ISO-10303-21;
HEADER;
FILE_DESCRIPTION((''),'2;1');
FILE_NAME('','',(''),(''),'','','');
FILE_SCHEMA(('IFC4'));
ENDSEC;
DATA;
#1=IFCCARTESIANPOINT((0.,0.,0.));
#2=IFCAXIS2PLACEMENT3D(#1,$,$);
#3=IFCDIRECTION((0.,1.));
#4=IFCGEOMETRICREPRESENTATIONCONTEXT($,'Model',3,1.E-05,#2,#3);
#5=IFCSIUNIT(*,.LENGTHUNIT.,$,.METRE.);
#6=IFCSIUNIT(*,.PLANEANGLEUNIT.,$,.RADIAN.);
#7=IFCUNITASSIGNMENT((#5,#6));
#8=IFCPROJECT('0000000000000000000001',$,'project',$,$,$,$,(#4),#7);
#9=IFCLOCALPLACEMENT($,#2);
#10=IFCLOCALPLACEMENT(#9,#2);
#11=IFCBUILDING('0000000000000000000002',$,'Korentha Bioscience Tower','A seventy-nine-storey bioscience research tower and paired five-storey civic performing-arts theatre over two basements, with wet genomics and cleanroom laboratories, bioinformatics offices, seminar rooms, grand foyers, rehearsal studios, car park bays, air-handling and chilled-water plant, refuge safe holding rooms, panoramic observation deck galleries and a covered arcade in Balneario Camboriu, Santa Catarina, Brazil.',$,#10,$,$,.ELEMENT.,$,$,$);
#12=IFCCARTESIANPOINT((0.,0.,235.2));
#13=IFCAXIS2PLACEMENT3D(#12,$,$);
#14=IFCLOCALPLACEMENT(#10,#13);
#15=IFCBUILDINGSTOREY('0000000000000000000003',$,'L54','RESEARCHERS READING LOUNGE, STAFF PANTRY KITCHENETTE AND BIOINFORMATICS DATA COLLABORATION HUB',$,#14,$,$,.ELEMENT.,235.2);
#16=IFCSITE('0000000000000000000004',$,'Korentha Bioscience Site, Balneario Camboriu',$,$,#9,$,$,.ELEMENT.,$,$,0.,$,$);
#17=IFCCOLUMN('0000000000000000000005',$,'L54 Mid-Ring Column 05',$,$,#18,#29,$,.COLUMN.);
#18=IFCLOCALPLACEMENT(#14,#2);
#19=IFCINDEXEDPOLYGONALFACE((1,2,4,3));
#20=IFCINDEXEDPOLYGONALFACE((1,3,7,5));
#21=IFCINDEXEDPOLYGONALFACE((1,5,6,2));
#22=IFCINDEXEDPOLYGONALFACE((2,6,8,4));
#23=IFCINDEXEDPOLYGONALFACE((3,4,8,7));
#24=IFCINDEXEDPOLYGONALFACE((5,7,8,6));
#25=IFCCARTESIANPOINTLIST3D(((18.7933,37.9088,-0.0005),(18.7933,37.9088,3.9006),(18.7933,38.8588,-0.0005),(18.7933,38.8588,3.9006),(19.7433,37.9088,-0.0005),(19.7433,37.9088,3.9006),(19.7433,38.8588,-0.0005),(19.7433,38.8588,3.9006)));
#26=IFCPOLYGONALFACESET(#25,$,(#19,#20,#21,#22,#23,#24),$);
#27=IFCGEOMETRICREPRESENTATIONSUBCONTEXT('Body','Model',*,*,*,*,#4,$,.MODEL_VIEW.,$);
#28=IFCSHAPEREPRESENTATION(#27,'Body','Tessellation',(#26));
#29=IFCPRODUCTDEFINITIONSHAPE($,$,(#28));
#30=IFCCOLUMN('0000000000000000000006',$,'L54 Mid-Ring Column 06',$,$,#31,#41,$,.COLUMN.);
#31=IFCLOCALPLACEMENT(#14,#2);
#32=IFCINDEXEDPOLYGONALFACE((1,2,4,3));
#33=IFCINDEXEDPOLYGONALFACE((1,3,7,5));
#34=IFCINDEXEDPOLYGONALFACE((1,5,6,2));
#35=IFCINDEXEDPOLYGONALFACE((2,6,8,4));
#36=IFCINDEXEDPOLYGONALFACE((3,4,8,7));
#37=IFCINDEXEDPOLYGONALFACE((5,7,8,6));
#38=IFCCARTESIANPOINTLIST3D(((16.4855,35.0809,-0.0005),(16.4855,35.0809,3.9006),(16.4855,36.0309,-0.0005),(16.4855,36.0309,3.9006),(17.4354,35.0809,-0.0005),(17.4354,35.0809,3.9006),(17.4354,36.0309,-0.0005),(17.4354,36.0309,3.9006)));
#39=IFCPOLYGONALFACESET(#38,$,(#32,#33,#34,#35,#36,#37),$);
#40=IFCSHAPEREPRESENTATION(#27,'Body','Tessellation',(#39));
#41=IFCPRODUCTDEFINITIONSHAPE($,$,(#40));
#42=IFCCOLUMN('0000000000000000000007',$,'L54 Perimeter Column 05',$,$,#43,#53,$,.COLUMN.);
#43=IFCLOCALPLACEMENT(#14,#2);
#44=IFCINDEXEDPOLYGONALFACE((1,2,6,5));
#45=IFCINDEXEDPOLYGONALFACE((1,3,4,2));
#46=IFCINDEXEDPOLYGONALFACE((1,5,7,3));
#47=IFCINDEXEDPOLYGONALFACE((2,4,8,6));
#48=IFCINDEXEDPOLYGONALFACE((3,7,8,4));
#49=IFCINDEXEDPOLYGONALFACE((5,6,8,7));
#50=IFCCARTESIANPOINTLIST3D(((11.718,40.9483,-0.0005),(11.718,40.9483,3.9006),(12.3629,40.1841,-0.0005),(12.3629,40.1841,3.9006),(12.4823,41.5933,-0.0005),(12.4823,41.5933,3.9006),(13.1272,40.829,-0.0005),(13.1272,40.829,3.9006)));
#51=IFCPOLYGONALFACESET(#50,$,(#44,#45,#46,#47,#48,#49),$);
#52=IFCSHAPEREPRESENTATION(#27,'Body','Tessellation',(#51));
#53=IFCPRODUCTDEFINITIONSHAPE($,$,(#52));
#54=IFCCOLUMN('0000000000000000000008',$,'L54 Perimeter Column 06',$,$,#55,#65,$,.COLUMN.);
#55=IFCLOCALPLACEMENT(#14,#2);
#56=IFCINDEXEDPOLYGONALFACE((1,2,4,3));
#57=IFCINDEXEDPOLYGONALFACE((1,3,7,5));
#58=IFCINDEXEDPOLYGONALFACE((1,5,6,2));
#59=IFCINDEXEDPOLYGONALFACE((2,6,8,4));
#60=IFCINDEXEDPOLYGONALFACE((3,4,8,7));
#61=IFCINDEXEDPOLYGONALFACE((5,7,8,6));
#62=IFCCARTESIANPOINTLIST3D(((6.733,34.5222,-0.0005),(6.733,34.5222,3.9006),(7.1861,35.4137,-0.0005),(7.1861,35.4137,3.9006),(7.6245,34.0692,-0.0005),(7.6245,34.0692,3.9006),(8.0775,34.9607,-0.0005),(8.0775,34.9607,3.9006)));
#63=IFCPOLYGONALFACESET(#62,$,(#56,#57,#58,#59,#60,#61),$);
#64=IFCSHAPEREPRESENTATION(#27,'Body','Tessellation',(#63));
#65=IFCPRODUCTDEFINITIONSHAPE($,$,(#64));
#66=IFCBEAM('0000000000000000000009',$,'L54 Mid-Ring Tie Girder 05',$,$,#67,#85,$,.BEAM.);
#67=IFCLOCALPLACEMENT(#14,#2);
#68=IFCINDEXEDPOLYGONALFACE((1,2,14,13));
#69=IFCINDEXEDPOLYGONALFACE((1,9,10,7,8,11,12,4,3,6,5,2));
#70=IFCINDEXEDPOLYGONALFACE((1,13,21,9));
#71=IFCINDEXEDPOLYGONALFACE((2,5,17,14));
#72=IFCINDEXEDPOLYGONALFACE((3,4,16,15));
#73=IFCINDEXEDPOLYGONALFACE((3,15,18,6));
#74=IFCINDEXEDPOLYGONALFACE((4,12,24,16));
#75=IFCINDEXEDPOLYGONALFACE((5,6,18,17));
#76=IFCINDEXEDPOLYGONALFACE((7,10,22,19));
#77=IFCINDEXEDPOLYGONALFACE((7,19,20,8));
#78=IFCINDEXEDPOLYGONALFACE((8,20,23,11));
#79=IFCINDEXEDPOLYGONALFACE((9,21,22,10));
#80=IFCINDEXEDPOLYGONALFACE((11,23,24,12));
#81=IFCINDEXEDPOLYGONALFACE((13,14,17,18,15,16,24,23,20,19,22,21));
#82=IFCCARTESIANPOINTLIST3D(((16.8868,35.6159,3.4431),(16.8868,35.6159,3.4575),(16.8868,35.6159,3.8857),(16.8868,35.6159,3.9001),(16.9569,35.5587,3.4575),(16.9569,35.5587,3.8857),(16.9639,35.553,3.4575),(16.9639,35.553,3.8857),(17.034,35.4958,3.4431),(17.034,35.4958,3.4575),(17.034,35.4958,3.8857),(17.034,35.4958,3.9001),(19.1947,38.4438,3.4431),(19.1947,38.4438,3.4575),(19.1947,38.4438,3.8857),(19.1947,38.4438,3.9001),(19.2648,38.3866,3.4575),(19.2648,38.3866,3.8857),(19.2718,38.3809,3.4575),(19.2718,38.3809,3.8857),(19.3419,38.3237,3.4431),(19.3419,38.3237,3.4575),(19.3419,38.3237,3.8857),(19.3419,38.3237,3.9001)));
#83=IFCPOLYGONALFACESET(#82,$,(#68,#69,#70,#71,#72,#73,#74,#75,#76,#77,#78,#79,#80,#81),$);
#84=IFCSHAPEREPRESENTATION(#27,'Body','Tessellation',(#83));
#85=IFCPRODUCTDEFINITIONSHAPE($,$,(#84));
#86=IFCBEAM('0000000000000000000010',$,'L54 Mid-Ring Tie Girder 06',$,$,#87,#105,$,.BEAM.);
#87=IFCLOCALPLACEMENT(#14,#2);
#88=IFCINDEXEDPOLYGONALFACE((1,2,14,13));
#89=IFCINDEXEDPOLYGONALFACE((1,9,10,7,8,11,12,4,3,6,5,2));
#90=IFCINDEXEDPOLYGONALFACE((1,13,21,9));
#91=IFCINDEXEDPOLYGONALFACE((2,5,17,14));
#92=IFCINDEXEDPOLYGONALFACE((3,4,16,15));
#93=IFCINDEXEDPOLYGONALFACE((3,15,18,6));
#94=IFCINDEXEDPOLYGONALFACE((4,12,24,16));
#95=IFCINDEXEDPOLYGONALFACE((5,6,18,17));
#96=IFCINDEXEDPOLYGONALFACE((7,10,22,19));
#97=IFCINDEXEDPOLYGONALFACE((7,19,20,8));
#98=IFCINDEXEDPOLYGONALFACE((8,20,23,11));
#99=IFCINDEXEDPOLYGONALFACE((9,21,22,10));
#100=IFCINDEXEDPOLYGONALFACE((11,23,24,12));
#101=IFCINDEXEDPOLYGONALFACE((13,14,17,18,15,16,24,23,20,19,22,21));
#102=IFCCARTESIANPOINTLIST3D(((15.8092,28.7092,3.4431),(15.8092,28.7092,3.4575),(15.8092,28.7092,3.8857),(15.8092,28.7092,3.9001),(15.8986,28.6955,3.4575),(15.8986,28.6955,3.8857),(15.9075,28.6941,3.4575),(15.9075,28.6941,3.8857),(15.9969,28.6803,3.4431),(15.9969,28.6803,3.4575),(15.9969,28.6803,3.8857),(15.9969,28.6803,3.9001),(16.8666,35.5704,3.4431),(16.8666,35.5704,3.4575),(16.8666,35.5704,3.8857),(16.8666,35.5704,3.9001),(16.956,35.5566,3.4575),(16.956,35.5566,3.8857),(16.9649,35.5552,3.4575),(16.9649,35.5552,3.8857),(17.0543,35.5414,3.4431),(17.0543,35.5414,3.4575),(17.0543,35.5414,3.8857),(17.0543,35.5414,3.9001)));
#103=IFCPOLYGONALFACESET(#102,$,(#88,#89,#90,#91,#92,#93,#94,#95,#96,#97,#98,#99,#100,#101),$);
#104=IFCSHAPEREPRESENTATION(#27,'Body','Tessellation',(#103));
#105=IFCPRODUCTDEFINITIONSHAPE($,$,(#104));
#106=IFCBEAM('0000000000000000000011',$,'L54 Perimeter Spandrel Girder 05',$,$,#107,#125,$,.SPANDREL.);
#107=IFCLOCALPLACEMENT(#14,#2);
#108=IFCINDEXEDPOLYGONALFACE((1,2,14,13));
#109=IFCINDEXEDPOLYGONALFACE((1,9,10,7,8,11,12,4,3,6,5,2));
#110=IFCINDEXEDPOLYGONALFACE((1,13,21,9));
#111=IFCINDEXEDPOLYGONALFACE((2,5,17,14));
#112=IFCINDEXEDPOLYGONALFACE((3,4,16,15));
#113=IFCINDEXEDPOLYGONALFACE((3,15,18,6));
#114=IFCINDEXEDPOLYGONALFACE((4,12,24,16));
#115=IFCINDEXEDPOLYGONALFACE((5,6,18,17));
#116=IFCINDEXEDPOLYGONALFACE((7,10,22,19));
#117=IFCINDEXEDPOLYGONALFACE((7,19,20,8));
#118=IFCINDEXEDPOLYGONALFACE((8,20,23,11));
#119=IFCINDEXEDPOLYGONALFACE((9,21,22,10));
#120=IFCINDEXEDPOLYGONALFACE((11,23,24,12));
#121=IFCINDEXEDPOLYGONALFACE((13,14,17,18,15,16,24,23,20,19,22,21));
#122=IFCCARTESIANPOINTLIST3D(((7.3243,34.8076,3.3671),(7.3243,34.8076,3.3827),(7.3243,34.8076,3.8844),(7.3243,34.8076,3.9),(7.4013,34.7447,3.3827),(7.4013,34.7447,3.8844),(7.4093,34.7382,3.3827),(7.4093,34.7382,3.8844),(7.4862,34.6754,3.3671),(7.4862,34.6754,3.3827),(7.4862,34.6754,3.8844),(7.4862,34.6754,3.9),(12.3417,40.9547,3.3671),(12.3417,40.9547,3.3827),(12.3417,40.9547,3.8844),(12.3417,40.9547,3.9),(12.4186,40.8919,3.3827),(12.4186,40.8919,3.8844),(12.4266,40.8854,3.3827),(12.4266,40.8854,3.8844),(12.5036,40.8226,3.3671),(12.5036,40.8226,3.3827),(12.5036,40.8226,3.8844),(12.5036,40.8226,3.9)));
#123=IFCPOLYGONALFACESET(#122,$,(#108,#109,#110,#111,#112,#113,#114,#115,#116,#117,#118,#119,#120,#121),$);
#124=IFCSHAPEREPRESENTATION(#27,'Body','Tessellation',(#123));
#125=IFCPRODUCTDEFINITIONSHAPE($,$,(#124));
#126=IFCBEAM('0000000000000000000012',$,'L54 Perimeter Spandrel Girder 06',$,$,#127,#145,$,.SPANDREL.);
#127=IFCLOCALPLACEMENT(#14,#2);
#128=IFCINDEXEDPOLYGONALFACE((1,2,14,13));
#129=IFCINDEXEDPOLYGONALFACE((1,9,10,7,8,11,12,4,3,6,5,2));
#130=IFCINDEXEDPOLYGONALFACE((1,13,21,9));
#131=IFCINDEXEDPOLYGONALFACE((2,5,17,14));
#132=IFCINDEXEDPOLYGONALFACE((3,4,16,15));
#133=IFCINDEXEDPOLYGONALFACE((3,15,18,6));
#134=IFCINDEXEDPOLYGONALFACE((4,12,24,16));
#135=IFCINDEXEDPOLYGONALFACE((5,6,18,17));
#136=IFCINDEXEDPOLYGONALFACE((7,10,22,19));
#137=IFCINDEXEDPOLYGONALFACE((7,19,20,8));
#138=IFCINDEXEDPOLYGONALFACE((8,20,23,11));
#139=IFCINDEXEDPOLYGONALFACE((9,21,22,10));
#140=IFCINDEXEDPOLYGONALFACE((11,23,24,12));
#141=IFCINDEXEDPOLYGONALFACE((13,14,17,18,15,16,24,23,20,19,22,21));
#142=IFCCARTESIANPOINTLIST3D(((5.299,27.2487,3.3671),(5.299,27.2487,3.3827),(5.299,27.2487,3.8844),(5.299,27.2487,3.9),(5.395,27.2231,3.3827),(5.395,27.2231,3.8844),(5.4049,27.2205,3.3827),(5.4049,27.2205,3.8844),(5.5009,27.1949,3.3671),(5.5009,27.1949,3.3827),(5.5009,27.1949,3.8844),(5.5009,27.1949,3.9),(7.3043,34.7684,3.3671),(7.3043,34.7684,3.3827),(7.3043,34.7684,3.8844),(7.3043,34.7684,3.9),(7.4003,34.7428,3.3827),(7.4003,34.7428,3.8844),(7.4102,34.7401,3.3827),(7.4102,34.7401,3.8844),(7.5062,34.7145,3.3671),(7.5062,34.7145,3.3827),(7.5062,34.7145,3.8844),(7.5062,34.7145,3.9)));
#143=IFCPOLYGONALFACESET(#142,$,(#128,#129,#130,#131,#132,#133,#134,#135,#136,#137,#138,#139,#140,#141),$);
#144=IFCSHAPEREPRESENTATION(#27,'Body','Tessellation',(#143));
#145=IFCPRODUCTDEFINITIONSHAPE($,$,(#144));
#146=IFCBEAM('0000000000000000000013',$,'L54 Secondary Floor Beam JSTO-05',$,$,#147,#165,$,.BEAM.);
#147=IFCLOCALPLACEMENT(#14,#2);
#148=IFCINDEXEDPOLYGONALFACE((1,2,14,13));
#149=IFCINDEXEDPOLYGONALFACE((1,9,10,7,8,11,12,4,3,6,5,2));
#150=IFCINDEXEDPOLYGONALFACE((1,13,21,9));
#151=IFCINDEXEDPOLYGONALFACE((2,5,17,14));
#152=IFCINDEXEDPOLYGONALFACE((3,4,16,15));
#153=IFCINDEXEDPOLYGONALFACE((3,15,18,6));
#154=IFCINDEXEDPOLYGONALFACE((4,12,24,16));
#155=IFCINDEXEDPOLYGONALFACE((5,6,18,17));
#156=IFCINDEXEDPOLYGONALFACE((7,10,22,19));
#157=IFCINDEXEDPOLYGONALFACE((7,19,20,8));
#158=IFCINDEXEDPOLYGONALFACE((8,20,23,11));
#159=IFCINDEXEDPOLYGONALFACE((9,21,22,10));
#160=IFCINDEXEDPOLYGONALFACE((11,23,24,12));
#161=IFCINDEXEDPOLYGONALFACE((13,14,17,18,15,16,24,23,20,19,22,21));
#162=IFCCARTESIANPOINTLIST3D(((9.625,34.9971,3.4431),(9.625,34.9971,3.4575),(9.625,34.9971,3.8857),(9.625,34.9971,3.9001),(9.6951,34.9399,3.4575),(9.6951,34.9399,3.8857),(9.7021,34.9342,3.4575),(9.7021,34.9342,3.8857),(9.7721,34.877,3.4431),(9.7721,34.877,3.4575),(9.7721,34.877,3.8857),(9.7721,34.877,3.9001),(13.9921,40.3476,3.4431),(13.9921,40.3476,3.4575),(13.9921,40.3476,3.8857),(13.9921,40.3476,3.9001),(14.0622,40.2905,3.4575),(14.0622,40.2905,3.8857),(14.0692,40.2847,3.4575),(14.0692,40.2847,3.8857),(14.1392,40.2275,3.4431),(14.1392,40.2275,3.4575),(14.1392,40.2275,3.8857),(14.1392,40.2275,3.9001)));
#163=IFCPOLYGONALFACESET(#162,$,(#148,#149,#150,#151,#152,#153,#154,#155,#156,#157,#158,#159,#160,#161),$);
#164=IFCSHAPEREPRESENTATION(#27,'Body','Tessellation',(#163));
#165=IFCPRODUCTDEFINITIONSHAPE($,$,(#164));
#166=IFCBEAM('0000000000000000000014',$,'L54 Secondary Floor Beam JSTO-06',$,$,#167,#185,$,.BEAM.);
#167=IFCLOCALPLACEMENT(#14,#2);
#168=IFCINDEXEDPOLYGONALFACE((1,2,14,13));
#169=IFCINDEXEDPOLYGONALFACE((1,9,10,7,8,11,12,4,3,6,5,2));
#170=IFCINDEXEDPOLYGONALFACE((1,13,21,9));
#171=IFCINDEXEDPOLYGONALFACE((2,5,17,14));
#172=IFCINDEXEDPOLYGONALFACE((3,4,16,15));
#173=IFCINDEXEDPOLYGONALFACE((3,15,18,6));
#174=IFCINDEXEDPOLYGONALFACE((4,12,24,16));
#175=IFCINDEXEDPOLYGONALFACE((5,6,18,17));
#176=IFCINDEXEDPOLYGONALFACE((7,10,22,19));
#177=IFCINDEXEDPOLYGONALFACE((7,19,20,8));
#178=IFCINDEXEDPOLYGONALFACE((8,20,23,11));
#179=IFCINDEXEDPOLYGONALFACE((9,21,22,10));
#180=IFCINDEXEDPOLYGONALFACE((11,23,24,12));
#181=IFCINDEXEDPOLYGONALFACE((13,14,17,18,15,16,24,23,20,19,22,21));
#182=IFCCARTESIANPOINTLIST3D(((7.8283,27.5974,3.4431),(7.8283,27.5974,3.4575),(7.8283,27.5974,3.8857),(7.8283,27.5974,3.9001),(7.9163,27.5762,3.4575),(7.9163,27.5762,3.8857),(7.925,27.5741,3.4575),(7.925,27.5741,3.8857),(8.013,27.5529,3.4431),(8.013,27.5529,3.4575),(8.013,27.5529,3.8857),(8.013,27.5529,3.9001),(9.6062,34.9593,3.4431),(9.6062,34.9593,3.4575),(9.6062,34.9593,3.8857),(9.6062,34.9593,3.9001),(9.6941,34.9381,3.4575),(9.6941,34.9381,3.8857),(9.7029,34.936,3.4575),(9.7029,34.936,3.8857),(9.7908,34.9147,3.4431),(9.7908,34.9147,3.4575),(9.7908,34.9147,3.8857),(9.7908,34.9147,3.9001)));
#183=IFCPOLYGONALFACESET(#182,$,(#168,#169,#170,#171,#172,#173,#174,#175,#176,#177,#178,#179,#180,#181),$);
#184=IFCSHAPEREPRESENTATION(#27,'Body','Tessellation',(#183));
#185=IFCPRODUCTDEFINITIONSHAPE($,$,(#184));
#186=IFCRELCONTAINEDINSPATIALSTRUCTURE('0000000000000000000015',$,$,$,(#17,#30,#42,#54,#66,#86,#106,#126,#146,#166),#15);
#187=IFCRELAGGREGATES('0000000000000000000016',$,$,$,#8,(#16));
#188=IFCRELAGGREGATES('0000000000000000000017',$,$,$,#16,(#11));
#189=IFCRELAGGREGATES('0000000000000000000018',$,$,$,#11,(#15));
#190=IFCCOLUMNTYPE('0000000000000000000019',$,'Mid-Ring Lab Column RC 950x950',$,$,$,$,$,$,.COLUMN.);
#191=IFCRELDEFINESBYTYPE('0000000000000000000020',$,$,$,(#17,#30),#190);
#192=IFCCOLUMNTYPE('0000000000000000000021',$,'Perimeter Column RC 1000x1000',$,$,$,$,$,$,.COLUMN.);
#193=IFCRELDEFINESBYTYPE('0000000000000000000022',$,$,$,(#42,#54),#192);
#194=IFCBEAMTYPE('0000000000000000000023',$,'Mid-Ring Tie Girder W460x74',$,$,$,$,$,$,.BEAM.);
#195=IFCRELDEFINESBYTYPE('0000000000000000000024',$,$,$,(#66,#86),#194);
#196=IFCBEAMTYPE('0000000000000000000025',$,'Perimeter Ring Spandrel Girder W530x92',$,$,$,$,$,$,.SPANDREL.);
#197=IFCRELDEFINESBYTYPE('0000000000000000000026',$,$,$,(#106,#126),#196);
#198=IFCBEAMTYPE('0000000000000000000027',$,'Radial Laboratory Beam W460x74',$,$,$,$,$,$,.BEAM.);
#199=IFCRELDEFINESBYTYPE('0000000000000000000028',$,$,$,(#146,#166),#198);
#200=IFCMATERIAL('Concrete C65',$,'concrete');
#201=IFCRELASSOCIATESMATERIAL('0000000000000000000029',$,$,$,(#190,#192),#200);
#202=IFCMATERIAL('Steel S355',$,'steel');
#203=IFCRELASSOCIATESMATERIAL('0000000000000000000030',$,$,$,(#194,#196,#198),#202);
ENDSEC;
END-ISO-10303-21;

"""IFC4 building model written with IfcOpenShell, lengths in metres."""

from ifc_helpers import new_model, si_unit, direction, frame, origin, origin_2d, place, context, subcontext, project, spatial, rectangle, i_section, extrude, material, material_profile, profile_set, type_object, element, save


model = new_model("IFC4")

# Units and contexts
model_context = context("Model", 3, precision=1e-05, world=origin(), true_north=direction((0.0, 1.0)))
body_context = subcontext(model_context, "Body", "Model", "MODEL_VIEW")
ifc_project = project(units=[si_unit("LENGTHUNIT", "METRE"), si_unit("PLANEANGLEUNIT", "RADIAN")], contexts=[model_context])

# Site, building, storey
site_placement = place(None, origin())
site = spatial("IfcSite", under=ifc_project, at=site_placement, Name="Korentha Bioscience Site, Balneario Camboriu", CompositionType="ELEMENT", RefElevation=0.0)
building_placement = place(site_placement, origin())
building = spatial("IfcBuilding", under=site, at=building_placement, Name="Korentha Bioscience Tower", Description="A seventy-nine-storey bioscience research tower and paired five-storey civic performing-arts theatre over two basements, with wet genomics and cleanroom laboratories, bioinformatics offices, seminar rooms, grand foyers, rehearsal studios, car park bays, air-handling and chilled-water plant, refuge safe holding rooms, panoramic observation deck galleries and a covered arcade in Balneario Camboriu, Santa Catarina, Brazil.", CompositionType="ELEMENT")
storey_placement = place(building_placement, frame((0.0, 0.0, 235.2)))
storey = spatial("IfcBuildingStorey", under=building, at=storey_placement, Name="L54", Description="RESEARCHERS READING LOUNGE, STAFF PANTRY KITCHENETTE AND BIOINFORMATICS DATA COLLABORATION HUB", CompositionType="ELEMENT", Elevation=235.2)

# Columns
ifc_material_1 = material(Name="Concrete C65", Category="concrete")
ifc_material_profile_1 = material_profile(ifc_material_1, rectangle(XDim=0.95, YDim=0.95, at=origin_2d()), Name="Concrete C65")
ifc_profile_set_1 = profile_set([ifc_material_profile_1], Name="Concrete C65 (COL-MR09)")
column_type_1 = type_object("IfcColumnType", Name="Mid-Ring Lab Column RC 950x950", PredefinedType="COLUMN", material=ifc_profile_set_1)
for number, where, z_axis, x_axis, name in (
    (1, (19.2683, 38.3838, -0.0005), (0.0, 0.0, 1.0), (1.0, 0.0, 0.0), "L54 Mid-Ring Column 05"),
    (2, (16.9604, 35.5559, -0.0005), (0.0, 0.0, 1.0), (1.0, 0.0, 0.0), "L54 Mid-Ring Column 06"),
):
    element("IfcColumn", number, at=place(storey_placement, frame(where, z_axis=z_axis, x_axis=x_axis)), inside=storey, type_object=column_type_1, Name=name, PredefinedType="COLUMN", context=body_context, shape_type="SweptSolid", body=[
        extrude(rectangle(XDim=0.95, YDim=0.95, at=origin_2d()), origin(), (0.0, 0.0, 1.0), 3.9011),
    ])
ifc_material_profile_2 = material_profile(ifc_material_1, rectangle(XDim=1.0, YDim=1.0, at=origin_2d()), Name="Concrete C65")
ifc_profile_set_2 = profile_set([ifc_material_profile_2], Name="Concrete C65 (COL-P10)")
column_type_2 = type_object("IfcColumnType", Name="Perimeter Column RC 1000x1000", PredefinedType="COLUMN", material=ifc_profile_set_2)
for number, where, z_axis, x_axis, name in (
    (3, (12.4226, 40.8887, -0.0005), (0.0, 0.0, 1.0), (0.764246, 0.644924, 0.0), "L54 Perimeter Column 05"),
    (4, (7.4053, 34.7415, -0.0005), (0.0, 0.0, 1.0), (0.453057, 0.891481, 0.0), "L54 Perimeter Column 06"),
):
    element("IfcColumn", number, at=place(storey_placement, frame(where, z_axis=z_axis, x_axis=x_axis)), inside=storey, type_object=column_type_2, Name=name, PredefinedType="COLUMN", context=body_context, shape_type="SweptSolid", body=[
        extrude(rectangle(XDim=1.0, YDim=1.0, at=origin_2d()), origin(), (0.0, 0.0, 1.0), 3.9011),
    ])

# Beams
ifc_material_2 = material(Name="Steel S355", Category="steel")
ifc_material_profile_3 = material_profile(ifc_material_2, i_section(OverallWidth=0.1899, OverallDepth=0.457, WebThickness=0.009, FlangeThickness=0.0144, at=origin_2d()), Name="Steel S355")
ifc_profile_set_3 = profile_set([ifc_material_profile_3], Name="Steel S355 (MB-460)")
beam_type_1 = type_object("IfcBeamType", Name="Mid-Ring Tie Girder W460x74", PredefinedType="BEAM", material=ifc_profile_set_3)
beam_1_placement = place(storey_placement, frame((19.2683, 38.3838, 3.6716), z_axis=(-0.632276, -0.774743, 0.0), x_axis=(0.774743, -0.632276, 0.0)))
element("IfcBeam", 5, at=beam_1_placement, inside=storey, type_object=beam_type_1, Name="L54 Mid-Ring Tie Girder 05", PredefinedType="BEAM", context=body_context, shape_type="SweptSolid", body=[
    extrude(i_section(OverallWidth=0.1899, OverallDepth=0.457, WebThickness=0.009, FlangeThickness=0.0144, at=origin_2d()), origin(), (0.0, 0.0, 1.0), 3.6501),
])
beam_2_placement = place(storey_placement, frame((16.9604, 35.5559, 3.6716), z_axis=(-0.152314, -0.988332, 0.0), x_axis=(0.988332, -0.152314, 0.0)))
element("IfcBeam", 6, at=beam_2_placement, inside=storey, type_object=beam_type_1, Name="L54 Mid-Ring Tie Girder 06", PredefinedType="BEAM", context=body_context, shape_type="SweptSolid", body=[
    extrude(i_section(OverallWidth=0.1899, OverallDepth=0.457, WebThickness=0.009, FlangeThickness=0.0144, at=origin_2d()), origin(), (0.0, 0.0, 1.0), 6.9421),
])
ifc_material_profile_4 = material_profile(ifc_material_2, i_section(OverallWidth=0.209, OverallDepth=0.533, WebThickness=0.0103, FlangeThickness=0.0156, at=origin_2d()), Name="Steel S355")
ifc_profile_set_4 = profile_set([ifc_material_profile_4], Name="Steel S355 (SB-530)")
beam_type_2 = type_object("IfcBeamType", Name="Perimeter Ring Spandrel Girder W530x92", PredefinedType="SPANDREL", material=ifc_profile_set_4)
beam_3_placement = place(storey_placement, frame((12.4226, 40.8887, 3.6335), z_axis=(-0.632316, -0.774711, 0.0), x_axis=(0.774711, -0.632316, 0.0)))
element("IfcBeam", 7, at=beam_3_placement, inside=storey, type_object=beam_type_2, Name="L54 Perimeter Spandrel Girder 05", PredefinedType="SPANDREL", context=body_context, shape_type="SweptSolid", body=[
    extrude(i_section(OverallWidth=0.209, OverallDepth=0.533, WebThickness=0.0103, FlangeThickness=0.0156, at=origin_2d()), origin(), (0.0, 0.0, 1.0), 7.9348),
])
beam_4_placement = place(storey_placement, frame((7.4053, 34.7415, 3.6335), z_axis=(-0.257674, -0.966232, 0.0), x_axis=(0.966232, -0.257674, 0.0)))
element("IfcBeam", 8, at=beam_4_placement, inside=storey, type_object=beam_type_2, Name="L54 Perimeter Spandrel Girder 06", PredefinedType="SPANDREL", context=body_context, shape_type="SweptSolid", body=[
    extrude(i_section(OverallWidth=0.209, OverallDepth=0.533, WebThickness=0.0103, FlangeThickness=0.0156, at=origin_2d()), origin(), (0.0, 0.0, 1.0), 7.7825),
])
ifc_material_profile_5 = material_profile(ifc_material_2, i_section(OverallWidth=0.1899, OverallDepth=0.457, WebThickness=0.009, FlangeThickness=0.0144, at=origin_2d()), Name="Steel S355")
ifc_profile_set_5 = profile_set([ifc_material_profile_5], Name="Steel S355 (RB-460)")
beam_type_3 = type_object("IfcBeamType", Name="Radial Laboratory Beam W460x74", PredefinedType="BEAM", material=ifc_profile_set_5)
beam_5_placement = place(storey_placement, frame((14.0657, 40.2876, 3.6716), z_axis=(-0.632321, -0.774706, 0.0), x_axis=(0.774706, -0.632321, 0.0)))
element("IfcBeam", 9, at=beam_5_placement, inside=storey, type_object=beam_type_3, Name="L54 Secondary Floor Beam JSTO-05", PredefinedType="BEAM", context=body_context, shape_type="SweptSolid", body=[
    extrude(i_section(OverallWidth=0.1899, OverallDepth=0.457, WebThickness=0.009, FlangeThickness=0.0144, at=origin_2d()), origin(), (0.0, 0.0, 1.0), 6.9065),
])
beam_6_placement = place(storey_placement, frame((9.6985, 34.937, 3.6716), z_axis=(-0.234746, -0.972057, 0.0), x_axis=(0.972057, -0.234746, 0.0)))
element("IfcBeam", 10, at=beam_6_placement, inside=storey, type_object=beam_type_3, Name="L54 Secondary Floor Beam JSTO-06", PredefinedType="BEAM", context=body_context, shape_type="SweptSolid", body=[
    extrude(i_section(OverallWidth=0.1899, OverallDepth=0.457, WebThickness=0.009, FlangeThickness=0.0144, at=origin_2d()), origin(), (0.0, 0.0, 1.0), 7.5735),
])

save(model, "model.ifc")
